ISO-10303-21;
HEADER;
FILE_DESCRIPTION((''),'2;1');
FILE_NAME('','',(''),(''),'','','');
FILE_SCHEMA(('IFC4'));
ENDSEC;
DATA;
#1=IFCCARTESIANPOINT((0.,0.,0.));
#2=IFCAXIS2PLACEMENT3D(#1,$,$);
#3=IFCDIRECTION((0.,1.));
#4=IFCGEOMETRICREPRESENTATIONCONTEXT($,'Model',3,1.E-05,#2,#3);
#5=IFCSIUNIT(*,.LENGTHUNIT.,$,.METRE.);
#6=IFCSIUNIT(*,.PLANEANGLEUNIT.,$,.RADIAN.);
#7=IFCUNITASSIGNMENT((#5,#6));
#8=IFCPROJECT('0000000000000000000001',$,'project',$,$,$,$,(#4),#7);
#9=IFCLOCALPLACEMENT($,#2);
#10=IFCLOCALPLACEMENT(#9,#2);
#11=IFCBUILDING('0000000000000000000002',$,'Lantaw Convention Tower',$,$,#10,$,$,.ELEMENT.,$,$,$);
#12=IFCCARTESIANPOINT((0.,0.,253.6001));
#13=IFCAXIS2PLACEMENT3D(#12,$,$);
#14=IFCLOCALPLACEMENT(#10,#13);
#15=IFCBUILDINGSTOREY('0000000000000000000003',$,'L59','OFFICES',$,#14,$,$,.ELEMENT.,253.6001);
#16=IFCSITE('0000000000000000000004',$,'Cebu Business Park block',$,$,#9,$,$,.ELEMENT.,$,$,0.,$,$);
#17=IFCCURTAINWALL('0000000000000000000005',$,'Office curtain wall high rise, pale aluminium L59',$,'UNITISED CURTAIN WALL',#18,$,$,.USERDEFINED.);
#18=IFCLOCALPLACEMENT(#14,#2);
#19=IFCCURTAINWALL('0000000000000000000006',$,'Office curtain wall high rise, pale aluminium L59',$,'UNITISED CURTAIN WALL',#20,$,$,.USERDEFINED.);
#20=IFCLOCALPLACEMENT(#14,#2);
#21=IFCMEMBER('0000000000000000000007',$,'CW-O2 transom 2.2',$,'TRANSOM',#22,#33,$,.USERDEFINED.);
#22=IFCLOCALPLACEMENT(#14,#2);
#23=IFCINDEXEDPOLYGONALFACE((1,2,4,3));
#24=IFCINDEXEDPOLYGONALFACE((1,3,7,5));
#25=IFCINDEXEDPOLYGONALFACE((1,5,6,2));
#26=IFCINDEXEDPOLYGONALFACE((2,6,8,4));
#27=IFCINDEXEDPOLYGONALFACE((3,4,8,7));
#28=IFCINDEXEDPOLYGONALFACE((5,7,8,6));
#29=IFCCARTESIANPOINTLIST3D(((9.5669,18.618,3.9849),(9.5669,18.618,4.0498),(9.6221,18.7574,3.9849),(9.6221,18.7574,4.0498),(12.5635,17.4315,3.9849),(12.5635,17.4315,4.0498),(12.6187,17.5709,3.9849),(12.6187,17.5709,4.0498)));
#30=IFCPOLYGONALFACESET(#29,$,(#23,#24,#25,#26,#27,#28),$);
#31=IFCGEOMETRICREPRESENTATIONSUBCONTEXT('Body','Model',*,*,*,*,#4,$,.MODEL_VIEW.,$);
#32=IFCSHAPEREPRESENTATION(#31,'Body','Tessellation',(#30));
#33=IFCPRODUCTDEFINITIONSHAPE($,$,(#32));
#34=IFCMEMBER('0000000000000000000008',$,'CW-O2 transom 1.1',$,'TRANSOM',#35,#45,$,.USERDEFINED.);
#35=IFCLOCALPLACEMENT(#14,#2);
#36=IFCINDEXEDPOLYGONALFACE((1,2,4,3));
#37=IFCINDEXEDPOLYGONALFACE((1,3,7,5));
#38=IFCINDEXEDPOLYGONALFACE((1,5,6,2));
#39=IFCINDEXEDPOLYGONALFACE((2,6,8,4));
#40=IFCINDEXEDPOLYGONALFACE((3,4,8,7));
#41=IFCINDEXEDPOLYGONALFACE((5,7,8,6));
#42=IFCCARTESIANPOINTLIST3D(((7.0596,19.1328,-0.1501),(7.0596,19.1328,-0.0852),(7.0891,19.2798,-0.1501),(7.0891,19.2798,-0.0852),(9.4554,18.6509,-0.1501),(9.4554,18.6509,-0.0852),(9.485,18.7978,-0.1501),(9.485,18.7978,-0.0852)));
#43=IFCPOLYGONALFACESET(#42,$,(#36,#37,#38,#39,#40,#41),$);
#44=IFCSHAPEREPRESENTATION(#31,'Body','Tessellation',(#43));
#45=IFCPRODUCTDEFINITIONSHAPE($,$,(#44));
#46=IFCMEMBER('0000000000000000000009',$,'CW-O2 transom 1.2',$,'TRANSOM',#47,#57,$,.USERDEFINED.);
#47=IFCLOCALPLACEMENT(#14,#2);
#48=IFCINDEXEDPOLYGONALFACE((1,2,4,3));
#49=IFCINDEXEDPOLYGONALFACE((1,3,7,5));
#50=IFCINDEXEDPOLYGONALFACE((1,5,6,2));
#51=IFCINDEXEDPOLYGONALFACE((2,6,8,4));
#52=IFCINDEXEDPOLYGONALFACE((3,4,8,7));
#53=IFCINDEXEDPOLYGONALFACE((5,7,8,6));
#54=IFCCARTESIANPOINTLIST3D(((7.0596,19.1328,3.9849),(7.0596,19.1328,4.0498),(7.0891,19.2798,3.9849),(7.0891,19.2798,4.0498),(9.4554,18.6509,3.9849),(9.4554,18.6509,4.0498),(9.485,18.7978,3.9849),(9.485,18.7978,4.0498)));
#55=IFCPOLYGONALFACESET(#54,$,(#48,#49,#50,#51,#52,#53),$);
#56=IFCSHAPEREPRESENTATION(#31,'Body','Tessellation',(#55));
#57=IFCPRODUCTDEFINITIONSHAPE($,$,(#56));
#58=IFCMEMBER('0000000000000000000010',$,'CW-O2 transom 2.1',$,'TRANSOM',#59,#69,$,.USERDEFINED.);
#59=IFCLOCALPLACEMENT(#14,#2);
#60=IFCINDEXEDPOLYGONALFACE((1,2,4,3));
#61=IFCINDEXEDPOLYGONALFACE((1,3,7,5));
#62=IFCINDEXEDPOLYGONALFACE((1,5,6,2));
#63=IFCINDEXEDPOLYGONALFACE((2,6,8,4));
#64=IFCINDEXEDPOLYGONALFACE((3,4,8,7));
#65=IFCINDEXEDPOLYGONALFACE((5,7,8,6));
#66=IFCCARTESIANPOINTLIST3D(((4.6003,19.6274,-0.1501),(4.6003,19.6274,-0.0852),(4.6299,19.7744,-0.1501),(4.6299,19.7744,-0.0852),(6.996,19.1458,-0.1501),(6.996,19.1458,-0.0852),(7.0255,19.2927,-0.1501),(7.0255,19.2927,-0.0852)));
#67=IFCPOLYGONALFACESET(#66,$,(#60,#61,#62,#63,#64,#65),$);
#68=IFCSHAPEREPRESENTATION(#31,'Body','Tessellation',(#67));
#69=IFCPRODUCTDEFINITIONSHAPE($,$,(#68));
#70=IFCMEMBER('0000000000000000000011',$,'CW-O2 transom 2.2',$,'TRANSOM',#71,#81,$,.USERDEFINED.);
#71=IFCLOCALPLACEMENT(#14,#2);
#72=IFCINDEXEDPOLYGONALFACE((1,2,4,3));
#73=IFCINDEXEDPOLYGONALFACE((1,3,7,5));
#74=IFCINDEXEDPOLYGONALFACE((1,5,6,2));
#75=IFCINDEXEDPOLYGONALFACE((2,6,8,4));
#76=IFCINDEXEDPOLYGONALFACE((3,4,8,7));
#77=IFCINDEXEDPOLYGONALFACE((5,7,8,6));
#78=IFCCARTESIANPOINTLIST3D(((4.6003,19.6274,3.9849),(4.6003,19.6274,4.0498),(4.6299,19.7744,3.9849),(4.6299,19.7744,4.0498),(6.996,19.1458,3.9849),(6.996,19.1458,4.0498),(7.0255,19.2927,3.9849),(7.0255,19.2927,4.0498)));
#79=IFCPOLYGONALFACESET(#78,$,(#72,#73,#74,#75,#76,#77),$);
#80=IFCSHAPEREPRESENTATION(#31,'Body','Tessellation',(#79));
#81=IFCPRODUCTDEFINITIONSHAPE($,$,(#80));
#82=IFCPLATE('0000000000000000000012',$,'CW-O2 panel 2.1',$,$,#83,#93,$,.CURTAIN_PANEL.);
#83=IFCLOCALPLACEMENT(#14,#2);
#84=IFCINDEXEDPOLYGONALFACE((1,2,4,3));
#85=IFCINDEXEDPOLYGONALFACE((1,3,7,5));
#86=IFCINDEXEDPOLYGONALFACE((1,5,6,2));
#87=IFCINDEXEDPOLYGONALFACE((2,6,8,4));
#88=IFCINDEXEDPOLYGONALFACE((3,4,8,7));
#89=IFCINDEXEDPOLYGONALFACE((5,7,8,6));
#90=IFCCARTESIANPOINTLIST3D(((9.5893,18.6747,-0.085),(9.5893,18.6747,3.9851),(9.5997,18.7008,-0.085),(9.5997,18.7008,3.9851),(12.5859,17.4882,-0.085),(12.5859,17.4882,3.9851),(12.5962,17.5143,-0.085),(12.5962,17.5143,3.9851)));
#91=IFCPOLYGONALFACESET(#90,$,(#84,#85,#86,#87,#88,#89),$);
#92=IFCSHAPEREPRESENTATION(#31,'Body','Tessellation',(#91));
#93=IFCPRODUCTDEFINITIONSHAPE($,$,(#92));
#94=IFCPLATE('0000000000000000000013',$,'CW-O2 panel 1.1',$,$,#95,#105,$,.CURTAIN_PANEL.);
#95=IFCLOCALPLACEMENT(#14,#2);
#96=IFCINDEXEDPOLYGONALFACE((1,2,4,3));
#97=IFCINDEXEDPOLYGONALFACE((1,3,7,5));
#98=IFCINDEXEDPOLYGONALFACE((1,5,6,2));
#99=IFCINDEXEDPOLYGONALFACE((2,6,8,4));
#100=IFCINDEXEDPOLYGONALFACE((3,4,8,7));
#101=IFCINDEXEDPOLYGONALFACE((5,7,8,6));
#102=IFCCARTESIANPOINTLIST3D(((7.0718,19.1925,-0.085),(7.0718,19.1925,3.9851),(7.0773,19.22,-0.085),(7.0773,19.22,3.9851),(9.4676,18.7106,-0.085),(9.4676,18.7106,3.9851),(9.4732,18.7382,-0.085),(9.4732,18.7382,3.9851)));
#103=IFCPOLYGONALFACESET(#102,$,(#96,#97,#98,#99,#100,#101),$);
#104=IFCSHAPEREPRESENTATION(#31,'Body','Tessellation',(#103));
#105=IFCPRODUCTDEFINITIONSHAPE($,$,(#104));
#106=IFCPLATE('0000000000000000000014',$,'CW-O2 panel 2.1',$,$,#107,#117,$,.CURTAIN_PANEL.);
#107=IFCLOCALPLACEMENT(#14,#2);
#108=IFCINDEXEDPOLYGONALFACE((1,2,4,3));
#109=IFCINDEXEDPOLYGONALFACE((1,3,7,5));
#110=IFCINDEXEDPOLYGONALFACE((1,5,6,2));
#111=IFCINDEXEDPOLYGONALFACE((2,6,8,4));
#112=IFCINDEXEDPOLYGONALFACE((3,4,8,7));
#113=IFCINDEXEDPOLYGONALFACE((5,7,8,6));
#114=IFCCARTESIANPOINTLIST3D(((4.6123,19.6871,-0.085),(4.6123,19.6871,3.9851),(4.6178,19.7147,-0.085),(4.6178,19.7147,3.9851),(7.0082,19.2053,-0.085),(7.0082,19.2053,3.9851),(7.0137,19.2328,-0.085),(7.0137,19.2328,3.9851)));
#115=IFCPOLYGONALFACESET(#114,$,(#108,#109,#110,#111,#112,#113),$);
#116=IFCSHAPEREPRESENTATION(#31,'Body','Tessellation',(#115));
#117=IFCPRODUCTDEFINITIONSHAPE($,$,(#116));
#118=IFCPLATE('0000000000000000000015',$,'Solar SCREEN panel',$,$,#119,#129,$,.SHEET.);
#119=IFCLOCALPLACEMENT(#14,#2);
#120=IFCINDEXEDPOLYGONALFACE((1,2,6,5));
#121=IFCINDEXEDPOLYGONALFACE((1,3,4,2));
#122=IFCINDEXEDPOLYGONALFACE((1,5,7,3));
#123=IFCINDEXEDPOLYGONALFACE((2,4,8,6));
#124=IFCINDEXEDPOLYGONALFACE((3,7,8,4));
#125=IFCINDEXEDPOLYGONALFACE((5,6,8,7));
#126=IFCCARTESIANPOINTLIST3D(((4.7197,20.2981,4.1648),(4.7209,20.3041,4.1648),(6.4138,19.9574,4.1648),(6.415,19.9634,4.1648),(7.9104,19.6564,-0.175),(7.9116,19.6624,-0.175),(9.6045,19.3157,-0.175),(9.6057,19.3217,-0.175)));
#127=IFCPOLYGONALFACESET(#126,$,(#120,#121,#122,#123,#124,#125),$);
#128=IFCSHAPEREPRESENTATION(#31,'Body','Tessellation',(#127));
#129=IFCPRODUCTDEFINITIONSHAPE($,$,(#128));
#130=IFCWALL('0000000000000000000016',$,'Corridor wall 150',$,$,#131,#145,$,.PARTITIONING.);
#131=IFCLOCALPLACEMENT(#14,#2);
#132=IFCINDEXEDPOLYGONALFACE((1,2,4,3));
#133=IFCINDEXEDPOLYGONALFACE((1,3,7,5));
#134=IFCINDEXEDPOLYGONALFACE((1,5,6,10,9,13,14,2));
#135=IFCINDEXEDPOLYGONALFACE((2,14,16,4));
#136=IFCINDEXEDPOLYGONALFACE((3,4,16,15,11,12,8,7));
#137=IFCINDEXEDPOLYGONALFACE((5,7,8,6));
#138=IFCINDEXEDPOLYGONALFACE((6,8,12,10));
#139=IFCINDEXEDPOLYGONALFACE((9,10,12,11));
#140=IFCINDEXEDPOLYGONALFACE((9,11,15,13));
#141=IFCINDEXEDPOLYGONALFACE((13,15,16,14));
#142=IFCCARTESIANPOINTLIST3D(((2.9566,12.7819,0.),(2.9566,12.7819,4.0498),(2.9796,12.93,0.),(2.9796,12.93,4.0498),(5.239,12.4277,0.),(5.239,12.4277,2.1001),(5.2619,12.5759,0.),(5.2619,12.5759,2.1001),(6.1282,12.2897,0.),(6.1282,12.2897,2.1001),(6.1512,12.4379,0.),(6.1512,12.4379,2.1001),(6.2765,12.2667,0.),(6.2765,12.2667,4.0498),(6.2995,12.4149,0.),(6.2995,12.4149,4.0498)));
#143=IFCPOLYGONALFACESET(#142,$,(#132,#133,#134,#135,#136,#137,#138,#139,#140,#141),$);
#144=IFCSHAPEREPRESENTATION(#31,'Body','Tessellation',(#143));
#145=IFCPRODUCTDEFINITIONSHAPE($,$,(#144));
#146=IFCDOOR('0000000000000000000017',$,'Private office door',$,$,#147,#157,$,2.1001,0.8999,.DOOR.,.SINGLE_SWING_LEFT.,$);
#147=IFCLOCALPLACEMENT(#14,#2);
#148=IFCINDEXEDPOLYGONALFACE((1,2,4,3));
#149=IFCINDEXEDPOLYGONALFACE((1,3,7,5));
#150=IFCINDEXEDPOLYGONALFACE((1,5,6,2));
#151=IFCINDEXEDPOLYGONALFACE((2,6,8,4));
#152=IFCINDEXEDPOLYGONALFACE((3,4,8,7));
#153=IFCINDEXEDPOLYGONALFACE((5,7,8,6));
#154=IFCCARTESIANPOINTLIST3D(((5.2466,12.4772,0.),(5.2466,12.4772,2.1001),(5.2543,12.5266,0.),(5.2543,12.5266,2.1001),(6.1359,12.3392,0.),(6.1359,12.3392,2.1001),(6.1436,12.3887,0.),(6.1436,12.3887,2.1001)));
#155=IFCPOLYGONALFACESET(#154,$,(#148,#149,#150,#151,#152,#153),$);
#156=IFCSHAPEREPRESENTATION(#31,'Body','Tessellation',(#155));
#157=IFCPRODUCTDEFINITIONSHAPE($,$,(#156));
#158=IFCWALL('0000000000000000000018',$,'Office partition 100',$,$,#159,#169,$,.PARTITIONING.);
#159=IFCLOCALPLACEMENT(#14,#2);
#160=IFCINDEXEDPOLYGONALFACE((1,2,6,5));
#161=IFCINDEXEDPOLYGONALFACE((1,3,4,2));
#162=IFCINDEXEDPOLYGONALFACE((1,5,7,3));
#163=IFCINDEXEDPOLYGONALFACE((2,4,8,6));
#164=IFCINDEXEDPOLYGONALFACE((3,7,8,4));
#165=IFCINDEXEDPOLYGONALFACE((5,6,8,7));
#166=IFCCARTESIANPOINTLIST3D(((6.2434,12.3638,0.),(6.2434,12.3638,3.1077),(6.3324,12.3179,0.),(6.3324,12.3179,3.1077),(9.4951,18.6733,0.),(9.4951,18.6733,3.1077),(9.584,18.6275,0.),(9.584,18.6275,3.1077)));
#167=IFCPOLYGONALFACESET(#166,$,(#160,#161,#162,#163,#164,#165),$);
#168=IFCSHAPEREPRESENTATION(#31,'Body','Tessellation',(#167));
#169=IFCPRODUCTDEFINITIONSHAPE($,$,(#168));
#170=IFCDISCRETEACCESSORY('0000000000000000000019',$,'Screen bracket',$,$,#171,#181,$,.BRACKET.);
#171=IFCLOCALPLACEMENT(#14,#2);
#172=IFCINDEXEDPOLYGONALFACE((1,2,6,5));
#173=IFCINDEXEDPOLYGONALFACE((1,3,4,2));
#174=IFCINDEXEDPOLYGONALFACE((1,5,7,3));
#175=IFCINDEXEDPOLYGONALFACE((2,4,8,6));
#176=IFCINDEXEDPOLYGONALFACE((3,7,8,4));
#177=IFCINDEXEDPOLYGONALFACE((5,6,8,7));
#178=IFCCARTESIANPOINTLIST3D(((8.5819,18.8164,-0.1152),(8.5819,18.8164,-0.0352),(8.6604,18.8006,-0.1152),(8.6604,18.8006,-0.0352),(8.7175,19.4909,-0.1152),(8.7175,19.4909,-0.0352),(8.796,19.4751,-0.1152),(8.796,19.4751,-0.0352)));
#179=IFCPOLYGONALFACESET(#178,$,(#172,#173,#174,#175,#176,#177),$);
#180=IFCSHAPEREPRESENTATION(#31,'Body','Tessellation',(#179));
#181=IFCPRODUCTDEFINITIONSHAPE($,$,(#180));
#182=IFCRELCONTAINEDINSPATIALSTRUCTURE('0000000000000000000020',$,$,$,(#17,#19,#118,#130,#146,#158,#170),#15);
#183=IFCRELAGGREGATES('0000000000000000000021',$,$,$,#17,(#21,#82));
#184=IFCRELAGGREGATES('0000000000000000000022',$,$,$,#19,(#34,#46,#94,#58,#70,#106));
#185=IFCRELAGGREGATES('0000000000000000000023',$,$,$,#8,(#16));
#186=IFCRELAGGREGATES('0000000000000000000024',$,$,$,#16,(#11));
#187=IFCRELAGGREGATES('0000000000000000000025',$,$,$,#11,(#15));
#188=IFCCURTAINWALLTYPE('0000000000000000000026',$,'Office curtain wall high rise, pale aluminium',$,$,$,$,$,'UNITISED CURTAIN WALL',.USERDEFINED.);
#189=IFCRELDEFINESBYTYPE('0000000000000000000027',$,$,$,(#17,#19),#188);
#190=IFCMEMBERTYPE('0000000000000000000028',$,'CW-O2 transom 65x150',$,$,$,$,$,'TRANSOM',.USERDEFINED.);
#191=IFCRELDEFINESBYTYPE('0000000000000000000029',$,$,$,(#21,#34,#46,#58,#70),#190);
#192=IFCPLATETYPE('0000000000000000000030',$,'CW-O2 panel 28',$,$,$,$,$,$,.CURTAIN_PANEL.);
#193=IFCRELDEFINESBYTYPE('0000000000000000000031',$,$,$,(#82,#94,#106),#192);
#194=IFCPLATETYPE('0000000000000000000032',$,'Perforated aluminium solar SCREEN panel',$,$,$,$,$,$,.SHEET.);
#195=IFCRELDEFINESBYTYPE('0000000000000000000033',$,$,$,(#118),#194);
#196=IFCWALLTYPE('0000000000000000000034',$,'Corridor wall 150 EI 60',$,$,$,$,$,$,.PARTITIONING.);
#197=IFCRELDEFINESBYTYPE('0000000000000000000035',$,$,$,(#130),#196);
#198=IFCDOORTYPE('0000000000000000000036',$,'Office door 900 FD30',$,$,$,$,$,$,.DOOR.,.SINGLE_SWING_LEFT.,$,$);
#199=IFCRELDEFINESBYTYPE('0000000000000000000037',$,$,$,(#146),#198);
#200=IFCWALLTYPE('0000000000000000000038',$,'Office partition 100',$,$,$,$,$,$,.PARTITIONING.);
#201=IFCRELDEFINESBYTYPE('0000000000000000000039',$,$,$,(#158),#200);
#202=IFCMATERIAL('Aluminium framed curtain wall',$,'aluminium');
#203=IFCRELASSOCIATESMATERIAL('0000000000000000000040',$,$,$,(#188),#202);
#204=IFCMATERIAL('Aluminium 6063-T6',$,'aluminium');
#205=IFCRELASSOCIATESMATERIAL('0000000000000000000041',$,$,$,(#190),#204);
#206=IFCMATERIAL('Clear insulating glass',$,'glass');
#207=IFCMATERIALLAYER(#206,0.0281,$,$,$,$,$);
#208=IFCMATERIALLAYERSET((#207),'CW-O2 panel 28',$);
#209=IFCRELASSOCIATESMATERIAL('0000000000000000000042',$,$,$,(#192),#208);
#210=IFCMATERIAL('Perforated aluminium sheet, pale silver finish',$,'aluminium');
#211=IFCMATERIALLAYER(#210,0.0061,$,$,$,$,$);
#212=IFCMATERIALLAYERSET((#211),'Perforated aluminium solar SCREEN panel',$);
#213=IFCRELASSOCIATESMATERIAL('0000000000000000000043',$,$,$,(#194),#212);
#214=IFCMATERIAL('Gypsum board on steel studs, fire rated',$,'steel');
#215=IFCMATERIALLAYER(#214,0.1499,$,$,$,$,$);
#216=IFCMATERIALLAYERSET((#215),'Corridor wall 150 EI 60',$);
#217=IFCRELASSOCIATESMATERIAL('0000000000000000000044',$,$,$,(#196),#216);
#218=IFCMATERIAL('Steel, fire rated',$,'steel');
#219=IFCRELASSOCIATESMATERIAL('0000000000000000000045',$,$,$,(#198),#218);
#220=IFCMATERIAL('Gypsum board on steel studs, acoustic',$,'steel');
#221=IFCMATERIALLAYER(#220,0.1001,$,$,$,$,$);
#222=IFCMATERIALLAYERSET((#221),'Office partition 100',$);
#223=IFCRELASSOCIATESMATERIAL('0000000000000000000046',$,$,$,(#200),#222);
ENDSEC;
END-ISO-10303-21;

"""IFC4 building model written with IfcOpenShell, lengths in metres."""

from ifc_helpers import new_model, si_unit, direction, frame, frame_2d, origin, origin_2d, place, context, subcontext, project, spatial, polyline, rectangle, outline, extrude, material, layer, layer_set, material_profile, profile_set, type_object, element, fill, aggregate, save


model = new_model("IFC4")

# Units and contexts
model_context = context("Model", 3, precision=1e-05, world=origin(), true_north=direction((0.0, 1.0)))
body_context = subcontext(model_context, "Body", "Model", "MODEL_VIEW")
ifc_project = project(units=[si_unit("LENGTHUNIT", "METRE"), si_unit("PLANEANGLEUNIT", "RADIAN")], contexts=[model_context])

# Site, building, storey
site_placement = place(None, origin())
site = spatial("IfcSite", under=ifc_project, at=site_placement, Name="Cebu Business Park block", CompositionType="ELEMENT", RefElevation=0.0)
building_placement = place(site_placement, origin())
building = spatial("IfcBuilding", under=site, at=building_placement, Name="Lantaw Convention Tower", CompositionType="ELEMENT")
storey_placement = place(building_placement, frame((0.0, 0.0, 253.6001)))
storey = spatial("IfcBuildingStorey", under=building, at=storey_placement, Name="L59", Description="OFFICES", CompositionType="ELEMENT", Elevation=253.6001)

# Curtain walls
ifc_material_1 = material(Name="Aluminium framed curtain wall", Category="aluminium")
curtain_wall_type = type_object("IfcCurtainWallType", Name="Office curtain wall high rise, pale aluminium", ElementType="UNITISED CURTAIN WALL", PredefinedType="USERDEFINED", material=ifc_material_1)
curtain_wall_1_placement = place(storey_placement, origin())
curtain_wall_1 = element("IfcCurtainWall", 1, at=curtain_wall_1_placement, inside=storey, type_object=curtain_wall_type, Name="Office curtain wall high rise, pale aluminium L59", ObjectType="UNITISED CURTAIN WALL", PredefinedType="USERDEFINED")
ifc_material_2 = material(Name="Aluminium 6063-T6", Category="aluminium")
curtain_wall_2_placement = place(storey_placement, origin())
curtain_wall_2 = element("IfcCurtainWall", 2, at=curtain_wall_2_placement, inside=storey, type_object=curtain_wall_type, Name="Office curtain wall high rise, pale aluminium L59", ObjectType="UNITISED CURTAIN WALL", PredefinedType="USERDEFINED")

# Members
ifc_material_profile_1 = material_profile(ifc_material_2, rectangle(XDim=0.1499, YDim=0.0649, at=origin_2d()), Name="CW-O2 transom 65x150")
ifc_profile_set_1 = profile_set([ifc_material_profile_1], Name="Aluminium 6063-T6")
member_type_1 = type_object("IfcMemberType", Name="CW-O2 transom 65x150", ElementType="TRANSOM", PredefinedType="USERDEFINED", material=ifc_profile_set_1)
member_1_placement = place(storey_placement, frame((12.5911, 17.5012, 4.0173), z_axis=(-0.929767, 0.368149, 0.0), x_axis=(-0.368149, -0.929767, 0.0)))
member_1 = element("IfcMember", 3, at=member_1_placement, type_object=member_type_1, Name="CW-O2 transom 2.2", ObjectType="TRANSOM", PredefinedType="USERDEFINED", context=body_context, shape_type="SweptSolid", body=[
    extrude(rectangle(XDim=0.1499, YDim=0.0649, at=origin_2d()), origin(), (0.0, 0.0, 1.0), 3.2229),
])
member_2_placement = place(storey_placement, frame((9.4702, 18.7244, -0.1177), z_axis=(-0.980361, 0.197211, 0.0), x_axis=(-0.197211, -0.980361, 0.0)))
member_2 = element("IfcMember", 4, at=member_2_placement, type_object=member_type_1, Name="CW-O2 transom 1.1", ObjectType="TRANSOM", PredefinedType="USERDEFINED", context=body_context, shape_type="SweptSolid", body=[
    extrude(rectangle(XDim=0.1499, YDim=0.0649, at=origin_2d()), origin(), (0.0, 0.0, 1.0), 2.4438),
])
member_3_placement = place(storey_placement, frame((9.4702, 18.7244, 4.0173), z_axis=(-0.980361, 0.197211, 0.0), x_axis=(-0.197211, -0.980361, 0.0)))
member_3 = element("IfcMember", 5, at=member_3_placement, type_object=member_type_1, Name="CW-O2 transom 1.2", ObjectType="TRANSOM", PredefinedType="USERDEFINED", context=body_context, shape_type="SweptSolid", body=[
    extrude(rectangle(XDim=0.1499, YDim=0.0649, at=origin_2d()), origin(), (0.0, 0.0, 1.0), 2.4438),
])
member_4_placement = place(storey_placement, frame((7.0107, 19.2192, -0.1177), z_axis=(-0.98038, 0.197115, 0.0), x_axis=(-0.197115, -0.98038, 0.0)))
member_4 = element("IfcMember", 6, at=member_4_placement, type_object=member_type_1, Name="CW-O2 transom 2.1", ObjectType="TRANSOM", PredefinedType="USERDEFINED", context=body_context, shape_type="SweptSolid", body=[
    extrude(rectangle(XDim=0.1499, YDim=0.0649, at=origin_2d()), origin(), (0.0, 0.0, 1.0), 2.4436),
])
member_5_placement = place(storey_placement, frame((7.0107, 19.2192, 4.0173), z_axis=(-0.98038, 0.197115, 0.0), x_axis=(-0.197115, -0.98038, 0.0)))
member_5 = element("IfcMember", 7, at=member_5_placement, type_object=member_type_1, Name="CW-O2 transom 2.2", ObjectType="TRANSOM", PredefinedType="USERDEFINED", context=body_context, shape_type="SweptSolid", body=[
    extrude(rectangle(XDim=0.1499, YDim=0.0649, at=origin_2d()), origin(), (0.0, 0.0, 1.0), 2.4436),
])

# Plates
ifc_material_3 = material(Name="Clear insulating glass", Category="glass")
ifc_layer_1 = layer(ifc_material_3, 0.0281)
ifc_layer_set_1 = layer_set([ifc_layer_1], Name="CW-O2 panel 28")
plate_type_1 = type_object("IfcPlateType", Name="CW-O2 panel 28", PredefinedType="CURTAIN_PANEL", material=ifc_layer_set_1)
plate_1_placement = place(storey_placement, frame((11.0928, 18.0945, -0.085), z_axis=(0.0, 0.0, 1.0), x_axis=(-0.929762, 0.368162, 0.0)))
plate_1 = element("IfcPlate", 8, at=plate_1_placement, type_object=plate_type_1, Name="CW-O2 panel 2.1", PredefinedType="CURTAIN_PANEL", context=body_context, shape_type="SweptSolid", body=[
    extrude(rectangle(XDim=3.2229, YDim=0.0281, at=origin_2d()), origin(), (0.0, 0.0, 1.0), 4.0701),
])
aggregate(curtain_wall_1, [member_1, plate_1])
plate_2_placement = place(storey_placement, frame((8.2725, 18.9653, -0.085), z_axis=(0.0, 0.0, 1.0), x_axis=(-0.980367, 0.197183, 0.0)))
plate_2 = element("IfcPlate", 9, at=plate_2_placement, type_object=plate_type_1, Name="CW-O2 panel 1.1", PredefinedType="CURTAIN_PANEL", context=body_context, shape_type="SweptSolid", body=[
    extrude(rectangle(XDim=2.4438, YDim=0.0281, at=origin_2d()), origin(), (0.0, 0.0, 1.0), 4.0701),
])
plate_3_placement = place(storey_placement, frame((5.813, 19.46, -0.085), z_axis=(0.0, 0.0, 1.0), x_axis=(-0.980367, 0.197183, 0.0)))
plate_3 = element("IfcPlate", 10, at=plate_3_placement, type_object=plate_type_1, Name="CW-O2 panel 2.1", PredefinedType="CURTAIN_PANEL", context=body_context, shape_type="SweptSolid", body=[
    extrude(rectangle(XDim=2.4438, YDim=0.0281, at=origin_2d()), origin(), (0.0, 0.0, 1.0), 4.0701),
])
aggregate(curtain_wall_2, [member_2, member_3, plate_2, member_4, member_5, plate_3])
ifc_material_4 = material(Name="Perforated aluminium sheet, pale silver finish", Category="aluminium")
ifc_layer_2 = layer(ifc_material_4, 0.0061)
ifc_layer_set_2 = layer_set([ifc_layer_2], Name="Perforated aluminium solar SCREEN panel")
plate_type_2 = type_object("IfcPlateType", Name="Perforated aluminium solar SCREEN panel", PredefinedType="SHEET", material=ifc_layer_set_2)
plate_4_placement = place(storey_placement, frame((9.6045, 19.3157, -0.175), z_axis=(-0.197162, -0.980371, 0.000011), x_axis=(-0.980371, 0.197162, 0.0)))
element("IfcPlate", 11, at=plate_4_placement, inside=storey, type_object=plate_type_2, Name="Solar SCREEN panel", PredefinedType="SHEET", context=body_context, shape_type="SweptSolid", body=[
    extrude(outline(polyline([(0.0, 0.0), (1.728, 0.0), (4.9826, -4.3398), (3.2545, -4.3398), (0.0, 0.0)])), origin(), (0.0, 0.0, -1.0), 0.0061),
])

# Wall, opening, door
ifc_material_5 = material(Name="Gypsum board on steel studs, fire rated", Category="steel")
ifc_layer_3 = layer(ifc_material_5, 0.1499)
ifc_layer_set_3 = layer_set([ifc_layer_3], Name="Corridor wall 150 EI 60")
wall_type_1 = type_object("IfcWallType", Name="Corridor wall 150 EI 60", PredefinedType="PARTITIONING", material=ifc_layer_set_3)
wall_1_placement = place(storey_placement, frame((6.2878, 12.3408, 0.0), z_axis=(0.0, 0.0, 1.0), x_axis=(-0.988174, 0.153335, 0.0)))
wall_1 = element("IfcWall", 12, at=wall_1_placement, inside=storey, type_object=wall_type_1, Name="Corridor wall 150", PredefinedType="PARTITIONING", context=body_context, shape_type="SweptSolid", body=[
    extrude(rectangle(XDim=3.3596, YDim=0.1499, at=frame_2d((1.6797, 0.0))), origin(), (0.0, 0.0, 1.0), 4.0498),
])
opening_placement = place(wall_1_placement, frame((0.1499, 0.0, 0.0)))
opening = element("IfcOpeningElement", 13, at=opening_placement, cuts=wall_1, PredefinedType="OPENING", context=body_context, shape_type="SweptSolid", body=[
    extrude(rectangle(XDim=0.8999, YDim=2.1001, at=frame_2d((0.45, 1.05))), frame((0.0, 0.085, 0.0), z_axis=(0.0, -1.0, 0.0), x_axis=(1.0, 0.0, 0.0)), (0.0, 0.0, 1.0), 0.1699),
])
ifc_material_6 = material(Name="Steel, fire rated", Category="steel")
door_type = type_object("IfcDoorType", Name="Office door 900 FD30", OperationType="SINGLE_SWING_LEFT", PredefinedType="DOOR", material=ifc_material_6)
door_placement = place(opening_placement, origin())
door = element("IfcDoor", 14, at=door_placement, inside=storey, type_object=door_type, Name="Private office door", OperationType="SINGLE_SWING_LEFT", OverallHeight=2.1001, OverallWidth=0.8999, PredefinedType="DOOR", context=body_context, shape_type="SweptSolid", body=[
    extrude(rectangle(XDim=0.8999, YDim=2.1001, at=frame_2d((0.45, 1.05))), frame((0.0, 0.0249, 0.0), z_axis=(0.0, -1.0, 0.0), x_axis=(1.0, 0.0, 0.0)), (0.0, 0.0, 1.0), 0.05),
])
fill(opening, door)

# Wall
ifc_material_7 = material(Name="Gypsum board on steel studs, acoustic", Category="steel")
ifc_layer_4 = layer(ifc_material_7, 0.1001)
ifc_layer_set_4 = layer_set([ifc_layer_4], Name="Office partition 100")
wall_type_2 = type_object("IfcWallType", Name="Office partition 100", PredefinedType="PARTITIONING", material=ifc_layer_set_4)
wall_2_placement = place(storey_placement, frame((9.5396, 18.6504, 0.0), z_axis=(0.0, 0.0, 1.0), x_axis=(-0.458104, -0.888899, 0.0)))
element("IfcWall", 15, at=wall_2_placement, inside=storey, type_object=wall_type_2, Name="Office partition 100", PredefinedType="PARTITIONING", context=body_context, shape_type="SweptSolid", body=[
    extrude(rectangle(XDim=7.0981, YDim=0.1001, at=frame_2d((3.5491, 0.0))), origin(), (0.0, 0.0, 1.0), 3.1077),
])

# Discrete accessory
discrete_accessory_placement = place(storey_placement, frame((8.689, 19.1458, -0.1152), z_axis=(0.0, 0.0, 1.0), x_axis=(-0.980367, 0.197183, 0.0)))
element("IfcDiscreteAccessory", 16, at=discrete_accessory_placement, inside=storey, Name="Screen bracket", PredefinedType="BRACKET", context=body_context, shape_type="SweptSolid", body=[
    extrude(rectangle(XDim=0.0801, YDim=0.688, at=origin_2d()), origin(), (0.0, 0.0, 1.0), 0.0801),
])

save(model, "model.ifc")
